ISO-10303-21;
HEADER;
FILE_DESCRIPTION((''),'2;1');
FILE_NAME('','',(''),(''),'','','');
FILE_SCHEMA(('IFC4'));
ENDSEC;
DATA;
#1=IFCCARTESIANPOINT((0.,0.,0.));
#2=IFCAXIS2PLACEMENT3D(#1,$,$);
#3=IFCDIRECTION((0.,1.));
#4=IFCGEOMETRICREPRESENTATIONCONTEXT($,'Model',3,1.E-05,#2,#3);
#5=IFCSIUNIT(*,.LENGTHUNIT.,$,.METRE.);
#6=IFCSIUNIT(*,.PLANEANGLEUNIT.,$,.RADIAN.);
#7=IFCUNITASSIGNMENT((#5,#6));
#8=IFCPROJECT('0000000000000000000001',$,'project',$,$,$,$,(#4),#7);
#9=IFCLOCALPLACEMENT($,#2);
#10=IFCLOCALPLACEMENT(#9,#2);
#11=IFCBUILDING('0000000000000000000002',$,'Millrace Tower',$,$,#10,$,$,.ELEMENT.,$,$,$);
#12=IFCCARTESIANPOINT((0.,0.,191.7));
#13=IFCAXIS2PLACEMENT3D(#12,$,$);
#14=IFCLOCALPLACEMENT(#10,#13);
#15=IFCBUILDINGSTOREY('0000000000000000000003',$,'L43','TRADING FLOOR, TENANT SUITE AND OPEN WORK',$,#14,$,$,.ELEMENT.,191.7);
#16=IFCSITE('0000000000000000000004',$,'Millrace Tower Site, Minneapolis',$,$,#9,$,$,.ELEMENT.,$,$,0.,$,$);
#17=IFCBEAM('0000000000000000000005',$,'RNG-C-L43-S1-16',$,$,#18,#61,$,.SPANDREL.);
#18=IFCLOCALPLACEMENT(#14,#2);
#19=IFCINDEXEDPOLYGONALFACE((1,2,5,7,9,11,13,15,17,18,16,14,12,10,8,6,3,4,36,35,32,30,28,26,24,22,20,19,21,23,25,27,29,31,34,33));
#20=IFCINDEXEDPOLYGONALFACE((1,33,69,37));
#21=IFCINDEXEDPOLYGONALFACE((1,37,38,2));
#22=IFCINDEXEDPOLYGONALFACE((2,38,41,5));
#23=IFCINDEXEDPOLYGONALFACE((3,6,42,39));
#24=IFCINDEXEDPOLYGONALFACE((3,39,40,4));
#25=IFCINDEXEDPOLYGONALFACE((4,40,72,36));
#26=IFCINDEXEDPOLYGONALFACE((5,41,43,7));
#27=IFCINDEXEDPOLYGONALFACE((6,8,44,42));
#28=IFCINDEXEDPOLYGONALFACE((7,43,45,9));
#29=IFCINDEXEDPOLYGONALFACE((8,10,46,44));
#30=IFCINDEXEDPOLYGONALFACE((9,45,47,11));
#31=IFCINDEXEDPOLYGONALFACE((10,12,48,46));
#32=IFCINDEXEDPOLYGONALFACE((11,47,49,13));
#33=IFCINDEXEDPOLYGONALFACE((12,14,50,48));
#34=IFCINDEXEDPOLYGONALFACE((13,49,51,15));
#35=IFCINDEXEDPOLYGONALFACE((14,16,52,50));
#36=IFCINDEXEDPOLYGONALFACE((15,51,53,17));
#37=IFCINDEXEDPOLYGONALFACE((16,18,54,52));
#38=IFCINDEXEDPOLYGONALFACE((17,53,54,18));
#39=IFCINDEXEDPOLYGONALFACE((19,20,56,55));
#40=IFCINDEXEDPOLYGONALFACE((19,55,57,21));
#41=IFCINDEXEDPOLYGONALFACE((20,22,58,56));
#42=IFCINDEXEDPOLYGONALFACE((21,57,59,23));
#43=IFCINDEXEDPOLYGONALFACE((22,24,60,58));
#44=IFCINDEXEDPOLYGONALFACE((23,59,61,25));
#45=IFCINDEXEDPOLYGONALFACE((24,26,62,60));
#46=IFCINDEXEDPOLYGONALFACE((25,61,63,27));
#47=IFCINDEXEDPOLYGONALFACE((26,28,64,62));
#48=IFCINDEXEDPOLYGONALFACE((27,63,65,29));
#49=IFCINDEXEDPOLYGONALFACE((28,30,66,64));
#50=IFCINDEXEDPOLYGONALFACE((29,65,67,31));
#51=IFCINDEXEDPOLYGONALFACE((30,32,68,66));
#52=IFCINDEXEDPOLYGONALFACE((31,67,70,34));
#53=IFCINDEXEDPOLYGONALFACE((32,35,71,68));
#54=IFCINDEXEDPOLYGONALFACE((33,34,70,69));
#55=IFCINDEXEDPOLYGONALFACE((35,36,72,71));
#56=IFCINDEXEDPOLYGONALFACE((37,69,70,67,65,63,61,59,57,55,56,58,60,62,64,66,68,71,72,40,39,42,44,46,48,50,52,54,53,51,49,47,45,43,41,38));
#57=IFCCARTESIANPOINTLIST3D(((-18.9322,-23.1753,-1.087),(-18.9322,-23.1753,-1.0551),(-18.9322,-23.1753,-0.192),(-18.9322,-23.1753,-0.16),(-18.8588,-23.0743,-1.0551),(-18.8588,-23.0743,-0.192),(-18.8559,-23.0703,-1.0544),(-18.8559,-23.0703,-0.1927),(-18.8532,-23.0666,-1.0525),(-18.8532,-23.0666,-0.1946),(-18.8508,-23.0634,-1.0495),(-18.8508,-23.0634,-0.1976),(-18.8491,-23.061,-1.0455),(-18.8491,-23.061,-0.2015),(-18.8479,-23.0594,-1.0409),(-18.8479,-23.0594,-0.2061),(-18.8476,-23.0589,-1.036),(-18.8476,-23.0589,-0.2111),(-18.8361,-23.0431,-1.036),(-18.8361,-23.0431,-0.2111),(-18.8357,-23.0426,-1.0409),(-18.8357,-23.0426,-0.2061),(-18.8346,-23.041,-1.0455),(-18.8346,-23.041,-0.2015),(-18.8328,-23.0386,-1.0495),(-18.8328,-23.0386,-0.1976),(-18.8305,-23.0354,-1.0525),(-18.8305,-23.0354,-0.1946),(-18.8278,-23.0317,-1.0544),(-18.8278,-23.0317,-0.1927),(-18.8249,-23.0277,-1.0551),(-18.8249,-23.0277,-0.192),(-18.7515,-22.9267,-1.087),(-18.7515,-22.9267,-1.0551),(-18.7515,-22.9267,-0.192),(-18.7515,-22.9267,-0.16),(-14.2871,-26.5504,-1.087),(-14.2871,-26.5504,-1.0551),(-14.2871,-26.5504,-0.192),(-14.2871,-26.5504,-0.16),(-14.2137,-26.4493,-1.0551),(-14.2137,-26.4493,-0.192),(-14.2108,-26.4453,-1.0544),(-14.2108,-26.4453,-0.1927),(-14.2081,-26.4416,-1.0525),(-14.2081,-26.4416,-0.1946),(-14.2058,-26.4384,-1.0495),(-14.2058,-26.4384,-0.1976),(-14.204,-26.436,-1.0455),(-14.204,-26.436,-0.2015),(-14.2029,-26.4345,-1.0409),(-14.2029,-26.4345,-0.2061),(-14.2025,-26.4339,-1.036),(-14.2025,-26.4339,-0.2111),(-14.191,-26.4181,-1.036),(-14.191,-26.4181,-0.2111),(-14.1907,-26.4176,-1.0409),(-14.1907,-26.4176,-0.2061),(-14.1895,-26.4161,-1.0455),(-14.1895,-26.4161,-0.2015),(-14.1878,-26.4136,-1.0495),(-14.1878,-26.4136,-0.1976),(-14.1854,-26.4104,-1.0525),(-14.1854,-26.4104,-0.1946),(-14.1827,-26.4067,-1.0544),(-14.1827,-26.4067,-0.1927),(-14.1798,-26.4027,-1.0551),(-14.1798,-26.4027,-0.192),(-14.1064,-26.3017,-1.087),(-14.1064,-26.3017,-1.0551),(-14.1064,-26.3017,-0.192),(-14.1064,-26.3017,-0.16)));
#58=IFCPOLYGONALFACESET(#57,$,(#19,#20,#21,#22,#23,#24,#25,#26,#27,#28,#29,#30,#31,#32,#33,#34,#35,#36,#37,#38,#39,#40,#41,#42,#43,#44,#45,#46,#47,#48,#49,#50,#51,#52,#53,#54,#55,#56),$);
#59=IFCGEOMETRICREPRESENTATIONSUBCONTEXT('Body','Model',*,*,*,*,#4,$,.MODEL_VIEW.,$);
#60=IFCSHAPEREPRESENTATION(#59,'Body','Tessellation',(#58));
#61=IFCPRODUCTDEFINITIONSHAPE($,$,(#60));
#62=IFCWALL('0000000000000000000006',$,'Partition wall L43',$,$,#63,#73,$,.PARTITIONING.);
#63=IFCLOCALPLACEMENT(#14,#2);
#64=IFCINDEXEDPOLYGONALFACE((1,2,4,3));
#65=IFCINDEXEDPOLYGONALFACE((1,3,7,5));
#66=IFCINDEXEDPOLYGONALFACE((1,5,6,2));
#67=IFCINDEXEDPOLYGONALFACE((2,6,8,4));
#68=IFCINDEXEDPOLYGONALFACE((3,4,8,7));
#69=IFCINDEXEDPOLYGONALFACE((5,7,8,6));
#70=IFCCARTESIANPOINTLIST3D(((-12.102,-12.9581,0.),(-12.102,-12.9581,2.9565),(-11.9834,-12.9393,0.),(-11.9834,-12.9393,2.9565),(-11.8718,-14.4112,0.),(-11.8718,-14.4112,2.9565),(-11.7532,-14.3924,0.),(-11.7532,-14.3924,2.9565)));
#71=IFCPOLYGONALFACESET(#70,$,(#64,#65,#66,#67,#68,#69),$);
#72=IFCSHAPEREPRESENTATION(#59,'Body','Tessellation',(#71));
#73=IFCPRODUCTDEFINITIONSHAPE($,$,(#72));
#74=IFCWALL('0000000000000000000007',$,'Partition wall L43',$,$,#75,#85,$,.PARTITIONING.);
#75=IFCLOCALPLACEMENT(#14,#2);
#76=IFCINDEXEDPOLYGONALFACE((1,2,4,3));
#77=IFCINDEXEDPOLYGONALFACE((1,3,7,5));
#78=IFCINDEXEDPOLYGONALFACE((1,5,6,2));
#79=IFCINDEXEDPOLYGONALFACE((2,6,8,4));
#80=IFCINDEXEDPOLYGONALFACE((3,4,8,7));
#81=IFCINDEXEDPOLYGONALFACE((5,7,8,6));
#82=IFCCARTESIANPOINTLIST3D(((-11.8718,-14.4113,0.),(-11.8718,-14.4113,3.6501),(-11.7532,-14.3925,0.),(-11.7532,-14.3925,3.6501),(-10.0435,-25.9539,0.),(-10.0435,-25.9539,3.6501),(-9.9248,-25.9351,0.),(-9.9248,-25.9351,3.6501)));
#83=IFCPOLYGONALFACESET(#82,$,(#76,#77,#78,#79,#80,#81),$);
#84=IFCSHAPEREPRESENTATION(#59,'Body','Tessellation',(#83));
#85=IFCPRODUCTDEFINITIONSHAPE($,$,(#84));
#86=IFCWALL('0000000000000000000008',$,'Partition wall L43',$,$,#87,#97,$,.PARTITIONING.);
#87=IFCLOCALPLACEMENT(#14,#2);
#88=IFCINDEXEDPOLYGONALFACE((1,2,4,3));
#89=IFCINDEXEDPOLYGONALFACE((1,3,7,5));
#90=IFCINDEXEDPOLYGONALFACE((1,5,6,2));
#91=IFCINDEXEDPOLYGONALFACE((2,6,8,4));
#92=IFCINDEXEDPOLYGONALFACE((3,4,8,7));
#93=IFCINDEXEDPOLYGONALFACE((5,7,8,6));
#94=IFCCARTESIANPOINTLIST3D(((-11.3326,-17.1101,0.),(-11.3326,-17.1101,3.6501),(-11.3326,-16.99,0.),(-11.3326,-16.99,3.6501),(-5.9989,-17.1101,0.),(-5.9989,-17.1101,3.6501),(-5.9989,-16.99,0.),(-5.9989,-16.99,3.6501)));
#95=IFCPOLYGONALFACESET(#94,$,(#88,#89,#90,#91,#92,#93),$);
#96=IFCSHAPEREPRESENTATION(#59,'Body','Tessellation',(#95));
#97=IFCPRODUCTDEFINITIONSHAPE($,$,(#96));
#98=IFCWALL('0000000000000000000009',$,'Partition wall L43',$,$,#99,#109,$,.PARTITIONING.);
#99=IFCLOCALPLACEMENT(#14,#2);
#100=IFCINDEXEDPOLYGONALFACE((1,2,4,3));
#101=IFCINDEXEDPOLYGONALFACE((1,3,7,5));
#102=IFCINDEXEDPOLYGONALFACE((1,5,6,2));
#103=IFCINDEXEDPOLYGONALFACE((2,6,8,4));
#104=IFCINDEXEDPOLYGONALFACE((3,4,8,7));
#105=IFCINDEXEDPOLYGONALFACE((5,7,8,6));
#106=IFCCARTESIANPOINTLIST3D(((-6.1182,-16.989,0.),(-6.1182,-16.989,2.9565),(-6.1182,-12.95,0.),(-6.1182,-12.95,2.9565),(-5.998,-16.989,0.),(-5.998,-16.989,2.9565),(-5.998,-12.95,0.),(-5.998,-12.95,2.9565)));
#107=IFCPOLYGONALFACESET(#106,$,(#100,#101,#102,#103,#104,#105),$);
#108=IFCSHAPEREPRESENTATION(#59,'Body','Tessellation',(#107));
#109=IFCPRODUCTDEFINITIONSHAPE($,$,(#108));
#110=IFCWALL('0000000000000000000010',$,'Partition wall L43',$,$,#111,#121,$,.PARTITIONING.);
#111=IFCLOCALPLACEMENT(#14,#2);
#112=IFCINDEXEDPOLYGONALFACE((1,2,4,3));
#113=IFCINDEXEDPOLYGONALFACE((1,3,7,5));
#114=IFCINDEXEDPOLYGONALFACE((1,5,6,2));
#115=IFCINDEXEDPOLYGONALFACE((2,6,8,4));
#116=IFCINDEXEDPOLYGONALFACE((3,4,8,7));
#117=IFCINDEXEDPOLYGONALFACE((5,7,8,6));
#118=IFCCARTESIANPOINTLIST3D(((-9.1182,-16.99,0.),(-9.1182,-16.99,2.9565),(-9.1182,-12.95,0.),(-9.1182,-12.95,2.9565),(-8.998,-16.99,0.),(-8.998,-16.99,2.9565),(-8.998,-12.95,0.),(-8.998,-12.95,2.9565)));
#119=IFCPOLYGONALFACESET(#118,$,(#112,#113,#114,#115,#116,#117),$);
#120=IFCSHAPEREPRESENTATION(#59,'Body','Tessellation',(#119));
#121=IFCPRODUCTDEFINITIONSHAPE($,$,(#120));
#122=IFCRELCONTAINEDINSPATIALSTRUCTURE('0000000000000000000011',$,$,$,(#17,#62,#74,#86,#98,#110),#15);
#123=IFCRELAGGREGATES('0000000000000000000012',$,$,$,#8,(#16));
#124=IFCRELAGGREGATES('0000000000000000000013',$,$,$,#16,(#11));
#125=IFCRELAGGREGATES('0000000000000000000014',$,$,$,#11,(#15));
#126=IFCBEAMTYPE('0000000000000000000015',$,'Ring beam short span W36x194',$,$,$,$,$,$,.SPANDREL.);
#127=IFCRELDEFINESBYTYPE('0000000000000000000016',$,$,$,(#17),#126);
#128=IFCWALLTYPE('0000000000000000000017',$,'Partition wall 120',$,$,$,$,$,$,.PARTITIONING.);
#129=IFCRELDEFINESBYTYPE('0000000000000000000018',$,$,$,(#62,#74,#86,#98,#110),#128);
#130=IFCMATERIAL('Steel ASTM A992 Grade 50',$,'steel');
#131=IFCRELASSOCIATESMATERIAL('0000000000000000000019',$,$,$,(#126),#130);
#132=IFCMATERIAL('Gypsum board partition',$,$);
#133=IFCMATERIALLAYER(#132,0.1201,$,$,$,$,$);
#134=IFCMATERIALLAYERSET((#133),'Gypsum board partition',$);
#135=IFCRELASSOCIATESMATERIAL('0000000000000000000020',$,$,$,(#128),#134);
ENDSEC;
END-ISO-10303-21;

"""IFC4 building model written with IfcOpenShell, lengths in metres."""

from ifc_helpers import new_model, si_unit, direction, frame, frame_2d, origin, origin_2d, place, context, subcontext, project, spatial, rectangle, i_section, extrude, material, layer, layer_set, material_profile, profile_set, type_object, element, save


model = new_model("IFC4")

# Units and contexts
model_context = context("Model", 3, precision=1e-05, world=origin(), true_north=direction((0.0, 1.0)))
body_context = subcontext(model_context, "Body", "Model", "MODEL_VIEW")
ifc_project = project(units=[si_unit("LENGTHUNIT", "METRE"), si_unit("PLANEANGLEUNIT", "RADIAN")], contexts=[model_context])

# Site, building, storey
site_placement = place(None, origin())
site = spatial("IfcSite", under=ifc_project, at=site_placement, Name="Millrace Tower Site, Minneapolis", CompositionType="ELEMENT", RefElevation=0.0)
building_placement = place(site_placement, origin())
building = spatial("IfcBuilding", under=site, at=building_placement, Name="Millrace Tower", CompositionType="ELEMENT")
storey_placement = place(building_placement, frame((0.0, 0.0, 191.7)))
storey = spatial("IfcBuildingStorey", under=building, at=storey_placement, Name="L43", Description="TRADING FLOOR, TENANT SUITE AND OPEN WORK", CompositionType="ELEMENT", Elevation=191.7)

# Beam
ifc_material_1 = material(Name="Steel ASTM A992 Grade 50", Category="steel")
ifc_material_profile_1 = material_profile(ifc_material_1, i_section(OverallWidth=0.3074, OverallDepth=0.927, WebThickness=0.0195, FlangeThickness=0.032, FilletRadius=0.019, at=origin_2d()))
ifc_profile_set_1 = profile_set([ifc_material_profile_1], Name="Steel ASTM A992 Grade 50")
beam_type_1 = type_object("IfcBeamType", Name="Ring beam short span W36x194", PredefinedType="SPANDREL", material=ifc_profile_set_1)
beam_1_placement = place(storey_placement, frame((-14.1968, -26.426, -0.6235), z_axis=(-0.809001, 0.587808, 0.0), x_axis=(-0.587808, -0.809001, 0.0)))
element("IfcBeam", 1, at=beam_1_placement, inside=storey, type_object=beam_type_1, Name="RNG-C-L43-S1-16", PredefinedType="SPANDREL", context=body_context, shape_type="SweptSolid", body=[
    extrude(i_section(OverallWidth=0.3074, OverallDepth=0.927, WebThickness=0.0195, FlangeThickness=0.032, FilletRadius=0.019, at=origin_2d()), origin(), (0.0, 0.0, 1.0), 5.7417),
])

# Walls
ifc_material_2 = material(Name="Gypsum board partition")
ifc_layer_1 = layer(ifc_material_2, 0.1201)
ifc_layer_set_1 = layer_set([ifc_layer_1], Name="Gypsum board partition")
wall_type = type_object("IfcWallType", Name="Partition wall 120", PredefinedType="PARTITIONING", material=ifc_layer_set_1)
wall_1_placement = place(storey_placement, frame((-12.0427, -12.9487, 0.0), z_axis=(0.0, 0.0, 1.0), x_axis=(0.156482, -0.987681, 0.0)))
element("IfcWall", 2, at=wall_1_placement, inside=storey, type_object=wall_type, Name="Partition wall L43", PredefinedType="PARTITIONING", context=body_context, shape_type="SweptSolid", body=[
    extrude(rectangle(XDim=1.4712, YDim=0.1201, at=frame_2d((0.7356, 0.0))), origin(), (0.0, 0.0, 1.0), 2.9565),
])
wall_2_placement = place(storey_placement, frame((-11.8125, -14.4019, 0.0), z_axis=(0.0, 0.0, 1.0), x_axis=(0.15645, -0.987686, 0.0)))
element("IfcWall", 3, at=wall_2_placement, inside=storey, type_object=wall_type, Name="Partition wall L43", PredefinedType="PARTITIONING", context=body_context, shape_type="SweptSolid", body=[
    extrude(rectangle(XDim=11.6865, YDim=0.1201, at=frame_2d((5.8433, 0.0))), origin(), (0.0, 0.0, 1.0), 3.6501),
])
wall_3_placement = place(storey_placement, frame((-11.3328, -17.05, 0.0), z_axis=(0.0, 0.0, 1.0), x_axis=(1.0, 0.0, 0.0)))
element("IfcWall", 4, at=wall_3_placement, inside=storey, type_object=wall_type, Name="Partition wall L43", PredefinedType="PARTITIONING", context=body_context, shape_type="SweptSolid", body=[
    extrude(rectangle(XDim=5.3337, YDim=0.1201, at=frame_2d((2.667, 0.0))), origin(), (0.0, 0.0, 1.0), 3.6501),
])
wall_4_placement = place(storey_placement, frame((-6.0581, -16.989, 0.0), z_axis=(0.0, 0.0, 1.0), x_axis=(0.0, 1.0, 0.0)))
element("IfcWall", 5, at=wall_4_placement, inside=storey, type_object=wall_type, Name="Partition wall L43", PredefinedType="PARTITIONING", context=body_context, shape_type="SweptSolid", body=[
    extrude(rectangle(XDim=4.0391, YDim=0.1201, at=frame_2d((2.0195, 0.0))), origin(), (0.0, 0.0, 1.0), 2.9565),
])
wall_5_placement = place(storey_placement, frame((-9.0581, -16.99, 0.0), z_axis=(0.0, 0.0, 1.0), x_axis=(0.0, 1.0, 0.0)))
element("IfcWall", 6, at=wall_5_placement, inside=storey, type_object=wall_type, Name="Partition wall L43", PredefinedType="PARTITIONING", context=body_context, shape_type="SweptSolid", body=[
    extrude(rectangle(XDim=4.04, YDim=0.1201, at=frame_2d((2.02, 0.0))), origin(), (0.0, 0.0, 1.0), 2.9565),
])

save(model, "model.ifc")
